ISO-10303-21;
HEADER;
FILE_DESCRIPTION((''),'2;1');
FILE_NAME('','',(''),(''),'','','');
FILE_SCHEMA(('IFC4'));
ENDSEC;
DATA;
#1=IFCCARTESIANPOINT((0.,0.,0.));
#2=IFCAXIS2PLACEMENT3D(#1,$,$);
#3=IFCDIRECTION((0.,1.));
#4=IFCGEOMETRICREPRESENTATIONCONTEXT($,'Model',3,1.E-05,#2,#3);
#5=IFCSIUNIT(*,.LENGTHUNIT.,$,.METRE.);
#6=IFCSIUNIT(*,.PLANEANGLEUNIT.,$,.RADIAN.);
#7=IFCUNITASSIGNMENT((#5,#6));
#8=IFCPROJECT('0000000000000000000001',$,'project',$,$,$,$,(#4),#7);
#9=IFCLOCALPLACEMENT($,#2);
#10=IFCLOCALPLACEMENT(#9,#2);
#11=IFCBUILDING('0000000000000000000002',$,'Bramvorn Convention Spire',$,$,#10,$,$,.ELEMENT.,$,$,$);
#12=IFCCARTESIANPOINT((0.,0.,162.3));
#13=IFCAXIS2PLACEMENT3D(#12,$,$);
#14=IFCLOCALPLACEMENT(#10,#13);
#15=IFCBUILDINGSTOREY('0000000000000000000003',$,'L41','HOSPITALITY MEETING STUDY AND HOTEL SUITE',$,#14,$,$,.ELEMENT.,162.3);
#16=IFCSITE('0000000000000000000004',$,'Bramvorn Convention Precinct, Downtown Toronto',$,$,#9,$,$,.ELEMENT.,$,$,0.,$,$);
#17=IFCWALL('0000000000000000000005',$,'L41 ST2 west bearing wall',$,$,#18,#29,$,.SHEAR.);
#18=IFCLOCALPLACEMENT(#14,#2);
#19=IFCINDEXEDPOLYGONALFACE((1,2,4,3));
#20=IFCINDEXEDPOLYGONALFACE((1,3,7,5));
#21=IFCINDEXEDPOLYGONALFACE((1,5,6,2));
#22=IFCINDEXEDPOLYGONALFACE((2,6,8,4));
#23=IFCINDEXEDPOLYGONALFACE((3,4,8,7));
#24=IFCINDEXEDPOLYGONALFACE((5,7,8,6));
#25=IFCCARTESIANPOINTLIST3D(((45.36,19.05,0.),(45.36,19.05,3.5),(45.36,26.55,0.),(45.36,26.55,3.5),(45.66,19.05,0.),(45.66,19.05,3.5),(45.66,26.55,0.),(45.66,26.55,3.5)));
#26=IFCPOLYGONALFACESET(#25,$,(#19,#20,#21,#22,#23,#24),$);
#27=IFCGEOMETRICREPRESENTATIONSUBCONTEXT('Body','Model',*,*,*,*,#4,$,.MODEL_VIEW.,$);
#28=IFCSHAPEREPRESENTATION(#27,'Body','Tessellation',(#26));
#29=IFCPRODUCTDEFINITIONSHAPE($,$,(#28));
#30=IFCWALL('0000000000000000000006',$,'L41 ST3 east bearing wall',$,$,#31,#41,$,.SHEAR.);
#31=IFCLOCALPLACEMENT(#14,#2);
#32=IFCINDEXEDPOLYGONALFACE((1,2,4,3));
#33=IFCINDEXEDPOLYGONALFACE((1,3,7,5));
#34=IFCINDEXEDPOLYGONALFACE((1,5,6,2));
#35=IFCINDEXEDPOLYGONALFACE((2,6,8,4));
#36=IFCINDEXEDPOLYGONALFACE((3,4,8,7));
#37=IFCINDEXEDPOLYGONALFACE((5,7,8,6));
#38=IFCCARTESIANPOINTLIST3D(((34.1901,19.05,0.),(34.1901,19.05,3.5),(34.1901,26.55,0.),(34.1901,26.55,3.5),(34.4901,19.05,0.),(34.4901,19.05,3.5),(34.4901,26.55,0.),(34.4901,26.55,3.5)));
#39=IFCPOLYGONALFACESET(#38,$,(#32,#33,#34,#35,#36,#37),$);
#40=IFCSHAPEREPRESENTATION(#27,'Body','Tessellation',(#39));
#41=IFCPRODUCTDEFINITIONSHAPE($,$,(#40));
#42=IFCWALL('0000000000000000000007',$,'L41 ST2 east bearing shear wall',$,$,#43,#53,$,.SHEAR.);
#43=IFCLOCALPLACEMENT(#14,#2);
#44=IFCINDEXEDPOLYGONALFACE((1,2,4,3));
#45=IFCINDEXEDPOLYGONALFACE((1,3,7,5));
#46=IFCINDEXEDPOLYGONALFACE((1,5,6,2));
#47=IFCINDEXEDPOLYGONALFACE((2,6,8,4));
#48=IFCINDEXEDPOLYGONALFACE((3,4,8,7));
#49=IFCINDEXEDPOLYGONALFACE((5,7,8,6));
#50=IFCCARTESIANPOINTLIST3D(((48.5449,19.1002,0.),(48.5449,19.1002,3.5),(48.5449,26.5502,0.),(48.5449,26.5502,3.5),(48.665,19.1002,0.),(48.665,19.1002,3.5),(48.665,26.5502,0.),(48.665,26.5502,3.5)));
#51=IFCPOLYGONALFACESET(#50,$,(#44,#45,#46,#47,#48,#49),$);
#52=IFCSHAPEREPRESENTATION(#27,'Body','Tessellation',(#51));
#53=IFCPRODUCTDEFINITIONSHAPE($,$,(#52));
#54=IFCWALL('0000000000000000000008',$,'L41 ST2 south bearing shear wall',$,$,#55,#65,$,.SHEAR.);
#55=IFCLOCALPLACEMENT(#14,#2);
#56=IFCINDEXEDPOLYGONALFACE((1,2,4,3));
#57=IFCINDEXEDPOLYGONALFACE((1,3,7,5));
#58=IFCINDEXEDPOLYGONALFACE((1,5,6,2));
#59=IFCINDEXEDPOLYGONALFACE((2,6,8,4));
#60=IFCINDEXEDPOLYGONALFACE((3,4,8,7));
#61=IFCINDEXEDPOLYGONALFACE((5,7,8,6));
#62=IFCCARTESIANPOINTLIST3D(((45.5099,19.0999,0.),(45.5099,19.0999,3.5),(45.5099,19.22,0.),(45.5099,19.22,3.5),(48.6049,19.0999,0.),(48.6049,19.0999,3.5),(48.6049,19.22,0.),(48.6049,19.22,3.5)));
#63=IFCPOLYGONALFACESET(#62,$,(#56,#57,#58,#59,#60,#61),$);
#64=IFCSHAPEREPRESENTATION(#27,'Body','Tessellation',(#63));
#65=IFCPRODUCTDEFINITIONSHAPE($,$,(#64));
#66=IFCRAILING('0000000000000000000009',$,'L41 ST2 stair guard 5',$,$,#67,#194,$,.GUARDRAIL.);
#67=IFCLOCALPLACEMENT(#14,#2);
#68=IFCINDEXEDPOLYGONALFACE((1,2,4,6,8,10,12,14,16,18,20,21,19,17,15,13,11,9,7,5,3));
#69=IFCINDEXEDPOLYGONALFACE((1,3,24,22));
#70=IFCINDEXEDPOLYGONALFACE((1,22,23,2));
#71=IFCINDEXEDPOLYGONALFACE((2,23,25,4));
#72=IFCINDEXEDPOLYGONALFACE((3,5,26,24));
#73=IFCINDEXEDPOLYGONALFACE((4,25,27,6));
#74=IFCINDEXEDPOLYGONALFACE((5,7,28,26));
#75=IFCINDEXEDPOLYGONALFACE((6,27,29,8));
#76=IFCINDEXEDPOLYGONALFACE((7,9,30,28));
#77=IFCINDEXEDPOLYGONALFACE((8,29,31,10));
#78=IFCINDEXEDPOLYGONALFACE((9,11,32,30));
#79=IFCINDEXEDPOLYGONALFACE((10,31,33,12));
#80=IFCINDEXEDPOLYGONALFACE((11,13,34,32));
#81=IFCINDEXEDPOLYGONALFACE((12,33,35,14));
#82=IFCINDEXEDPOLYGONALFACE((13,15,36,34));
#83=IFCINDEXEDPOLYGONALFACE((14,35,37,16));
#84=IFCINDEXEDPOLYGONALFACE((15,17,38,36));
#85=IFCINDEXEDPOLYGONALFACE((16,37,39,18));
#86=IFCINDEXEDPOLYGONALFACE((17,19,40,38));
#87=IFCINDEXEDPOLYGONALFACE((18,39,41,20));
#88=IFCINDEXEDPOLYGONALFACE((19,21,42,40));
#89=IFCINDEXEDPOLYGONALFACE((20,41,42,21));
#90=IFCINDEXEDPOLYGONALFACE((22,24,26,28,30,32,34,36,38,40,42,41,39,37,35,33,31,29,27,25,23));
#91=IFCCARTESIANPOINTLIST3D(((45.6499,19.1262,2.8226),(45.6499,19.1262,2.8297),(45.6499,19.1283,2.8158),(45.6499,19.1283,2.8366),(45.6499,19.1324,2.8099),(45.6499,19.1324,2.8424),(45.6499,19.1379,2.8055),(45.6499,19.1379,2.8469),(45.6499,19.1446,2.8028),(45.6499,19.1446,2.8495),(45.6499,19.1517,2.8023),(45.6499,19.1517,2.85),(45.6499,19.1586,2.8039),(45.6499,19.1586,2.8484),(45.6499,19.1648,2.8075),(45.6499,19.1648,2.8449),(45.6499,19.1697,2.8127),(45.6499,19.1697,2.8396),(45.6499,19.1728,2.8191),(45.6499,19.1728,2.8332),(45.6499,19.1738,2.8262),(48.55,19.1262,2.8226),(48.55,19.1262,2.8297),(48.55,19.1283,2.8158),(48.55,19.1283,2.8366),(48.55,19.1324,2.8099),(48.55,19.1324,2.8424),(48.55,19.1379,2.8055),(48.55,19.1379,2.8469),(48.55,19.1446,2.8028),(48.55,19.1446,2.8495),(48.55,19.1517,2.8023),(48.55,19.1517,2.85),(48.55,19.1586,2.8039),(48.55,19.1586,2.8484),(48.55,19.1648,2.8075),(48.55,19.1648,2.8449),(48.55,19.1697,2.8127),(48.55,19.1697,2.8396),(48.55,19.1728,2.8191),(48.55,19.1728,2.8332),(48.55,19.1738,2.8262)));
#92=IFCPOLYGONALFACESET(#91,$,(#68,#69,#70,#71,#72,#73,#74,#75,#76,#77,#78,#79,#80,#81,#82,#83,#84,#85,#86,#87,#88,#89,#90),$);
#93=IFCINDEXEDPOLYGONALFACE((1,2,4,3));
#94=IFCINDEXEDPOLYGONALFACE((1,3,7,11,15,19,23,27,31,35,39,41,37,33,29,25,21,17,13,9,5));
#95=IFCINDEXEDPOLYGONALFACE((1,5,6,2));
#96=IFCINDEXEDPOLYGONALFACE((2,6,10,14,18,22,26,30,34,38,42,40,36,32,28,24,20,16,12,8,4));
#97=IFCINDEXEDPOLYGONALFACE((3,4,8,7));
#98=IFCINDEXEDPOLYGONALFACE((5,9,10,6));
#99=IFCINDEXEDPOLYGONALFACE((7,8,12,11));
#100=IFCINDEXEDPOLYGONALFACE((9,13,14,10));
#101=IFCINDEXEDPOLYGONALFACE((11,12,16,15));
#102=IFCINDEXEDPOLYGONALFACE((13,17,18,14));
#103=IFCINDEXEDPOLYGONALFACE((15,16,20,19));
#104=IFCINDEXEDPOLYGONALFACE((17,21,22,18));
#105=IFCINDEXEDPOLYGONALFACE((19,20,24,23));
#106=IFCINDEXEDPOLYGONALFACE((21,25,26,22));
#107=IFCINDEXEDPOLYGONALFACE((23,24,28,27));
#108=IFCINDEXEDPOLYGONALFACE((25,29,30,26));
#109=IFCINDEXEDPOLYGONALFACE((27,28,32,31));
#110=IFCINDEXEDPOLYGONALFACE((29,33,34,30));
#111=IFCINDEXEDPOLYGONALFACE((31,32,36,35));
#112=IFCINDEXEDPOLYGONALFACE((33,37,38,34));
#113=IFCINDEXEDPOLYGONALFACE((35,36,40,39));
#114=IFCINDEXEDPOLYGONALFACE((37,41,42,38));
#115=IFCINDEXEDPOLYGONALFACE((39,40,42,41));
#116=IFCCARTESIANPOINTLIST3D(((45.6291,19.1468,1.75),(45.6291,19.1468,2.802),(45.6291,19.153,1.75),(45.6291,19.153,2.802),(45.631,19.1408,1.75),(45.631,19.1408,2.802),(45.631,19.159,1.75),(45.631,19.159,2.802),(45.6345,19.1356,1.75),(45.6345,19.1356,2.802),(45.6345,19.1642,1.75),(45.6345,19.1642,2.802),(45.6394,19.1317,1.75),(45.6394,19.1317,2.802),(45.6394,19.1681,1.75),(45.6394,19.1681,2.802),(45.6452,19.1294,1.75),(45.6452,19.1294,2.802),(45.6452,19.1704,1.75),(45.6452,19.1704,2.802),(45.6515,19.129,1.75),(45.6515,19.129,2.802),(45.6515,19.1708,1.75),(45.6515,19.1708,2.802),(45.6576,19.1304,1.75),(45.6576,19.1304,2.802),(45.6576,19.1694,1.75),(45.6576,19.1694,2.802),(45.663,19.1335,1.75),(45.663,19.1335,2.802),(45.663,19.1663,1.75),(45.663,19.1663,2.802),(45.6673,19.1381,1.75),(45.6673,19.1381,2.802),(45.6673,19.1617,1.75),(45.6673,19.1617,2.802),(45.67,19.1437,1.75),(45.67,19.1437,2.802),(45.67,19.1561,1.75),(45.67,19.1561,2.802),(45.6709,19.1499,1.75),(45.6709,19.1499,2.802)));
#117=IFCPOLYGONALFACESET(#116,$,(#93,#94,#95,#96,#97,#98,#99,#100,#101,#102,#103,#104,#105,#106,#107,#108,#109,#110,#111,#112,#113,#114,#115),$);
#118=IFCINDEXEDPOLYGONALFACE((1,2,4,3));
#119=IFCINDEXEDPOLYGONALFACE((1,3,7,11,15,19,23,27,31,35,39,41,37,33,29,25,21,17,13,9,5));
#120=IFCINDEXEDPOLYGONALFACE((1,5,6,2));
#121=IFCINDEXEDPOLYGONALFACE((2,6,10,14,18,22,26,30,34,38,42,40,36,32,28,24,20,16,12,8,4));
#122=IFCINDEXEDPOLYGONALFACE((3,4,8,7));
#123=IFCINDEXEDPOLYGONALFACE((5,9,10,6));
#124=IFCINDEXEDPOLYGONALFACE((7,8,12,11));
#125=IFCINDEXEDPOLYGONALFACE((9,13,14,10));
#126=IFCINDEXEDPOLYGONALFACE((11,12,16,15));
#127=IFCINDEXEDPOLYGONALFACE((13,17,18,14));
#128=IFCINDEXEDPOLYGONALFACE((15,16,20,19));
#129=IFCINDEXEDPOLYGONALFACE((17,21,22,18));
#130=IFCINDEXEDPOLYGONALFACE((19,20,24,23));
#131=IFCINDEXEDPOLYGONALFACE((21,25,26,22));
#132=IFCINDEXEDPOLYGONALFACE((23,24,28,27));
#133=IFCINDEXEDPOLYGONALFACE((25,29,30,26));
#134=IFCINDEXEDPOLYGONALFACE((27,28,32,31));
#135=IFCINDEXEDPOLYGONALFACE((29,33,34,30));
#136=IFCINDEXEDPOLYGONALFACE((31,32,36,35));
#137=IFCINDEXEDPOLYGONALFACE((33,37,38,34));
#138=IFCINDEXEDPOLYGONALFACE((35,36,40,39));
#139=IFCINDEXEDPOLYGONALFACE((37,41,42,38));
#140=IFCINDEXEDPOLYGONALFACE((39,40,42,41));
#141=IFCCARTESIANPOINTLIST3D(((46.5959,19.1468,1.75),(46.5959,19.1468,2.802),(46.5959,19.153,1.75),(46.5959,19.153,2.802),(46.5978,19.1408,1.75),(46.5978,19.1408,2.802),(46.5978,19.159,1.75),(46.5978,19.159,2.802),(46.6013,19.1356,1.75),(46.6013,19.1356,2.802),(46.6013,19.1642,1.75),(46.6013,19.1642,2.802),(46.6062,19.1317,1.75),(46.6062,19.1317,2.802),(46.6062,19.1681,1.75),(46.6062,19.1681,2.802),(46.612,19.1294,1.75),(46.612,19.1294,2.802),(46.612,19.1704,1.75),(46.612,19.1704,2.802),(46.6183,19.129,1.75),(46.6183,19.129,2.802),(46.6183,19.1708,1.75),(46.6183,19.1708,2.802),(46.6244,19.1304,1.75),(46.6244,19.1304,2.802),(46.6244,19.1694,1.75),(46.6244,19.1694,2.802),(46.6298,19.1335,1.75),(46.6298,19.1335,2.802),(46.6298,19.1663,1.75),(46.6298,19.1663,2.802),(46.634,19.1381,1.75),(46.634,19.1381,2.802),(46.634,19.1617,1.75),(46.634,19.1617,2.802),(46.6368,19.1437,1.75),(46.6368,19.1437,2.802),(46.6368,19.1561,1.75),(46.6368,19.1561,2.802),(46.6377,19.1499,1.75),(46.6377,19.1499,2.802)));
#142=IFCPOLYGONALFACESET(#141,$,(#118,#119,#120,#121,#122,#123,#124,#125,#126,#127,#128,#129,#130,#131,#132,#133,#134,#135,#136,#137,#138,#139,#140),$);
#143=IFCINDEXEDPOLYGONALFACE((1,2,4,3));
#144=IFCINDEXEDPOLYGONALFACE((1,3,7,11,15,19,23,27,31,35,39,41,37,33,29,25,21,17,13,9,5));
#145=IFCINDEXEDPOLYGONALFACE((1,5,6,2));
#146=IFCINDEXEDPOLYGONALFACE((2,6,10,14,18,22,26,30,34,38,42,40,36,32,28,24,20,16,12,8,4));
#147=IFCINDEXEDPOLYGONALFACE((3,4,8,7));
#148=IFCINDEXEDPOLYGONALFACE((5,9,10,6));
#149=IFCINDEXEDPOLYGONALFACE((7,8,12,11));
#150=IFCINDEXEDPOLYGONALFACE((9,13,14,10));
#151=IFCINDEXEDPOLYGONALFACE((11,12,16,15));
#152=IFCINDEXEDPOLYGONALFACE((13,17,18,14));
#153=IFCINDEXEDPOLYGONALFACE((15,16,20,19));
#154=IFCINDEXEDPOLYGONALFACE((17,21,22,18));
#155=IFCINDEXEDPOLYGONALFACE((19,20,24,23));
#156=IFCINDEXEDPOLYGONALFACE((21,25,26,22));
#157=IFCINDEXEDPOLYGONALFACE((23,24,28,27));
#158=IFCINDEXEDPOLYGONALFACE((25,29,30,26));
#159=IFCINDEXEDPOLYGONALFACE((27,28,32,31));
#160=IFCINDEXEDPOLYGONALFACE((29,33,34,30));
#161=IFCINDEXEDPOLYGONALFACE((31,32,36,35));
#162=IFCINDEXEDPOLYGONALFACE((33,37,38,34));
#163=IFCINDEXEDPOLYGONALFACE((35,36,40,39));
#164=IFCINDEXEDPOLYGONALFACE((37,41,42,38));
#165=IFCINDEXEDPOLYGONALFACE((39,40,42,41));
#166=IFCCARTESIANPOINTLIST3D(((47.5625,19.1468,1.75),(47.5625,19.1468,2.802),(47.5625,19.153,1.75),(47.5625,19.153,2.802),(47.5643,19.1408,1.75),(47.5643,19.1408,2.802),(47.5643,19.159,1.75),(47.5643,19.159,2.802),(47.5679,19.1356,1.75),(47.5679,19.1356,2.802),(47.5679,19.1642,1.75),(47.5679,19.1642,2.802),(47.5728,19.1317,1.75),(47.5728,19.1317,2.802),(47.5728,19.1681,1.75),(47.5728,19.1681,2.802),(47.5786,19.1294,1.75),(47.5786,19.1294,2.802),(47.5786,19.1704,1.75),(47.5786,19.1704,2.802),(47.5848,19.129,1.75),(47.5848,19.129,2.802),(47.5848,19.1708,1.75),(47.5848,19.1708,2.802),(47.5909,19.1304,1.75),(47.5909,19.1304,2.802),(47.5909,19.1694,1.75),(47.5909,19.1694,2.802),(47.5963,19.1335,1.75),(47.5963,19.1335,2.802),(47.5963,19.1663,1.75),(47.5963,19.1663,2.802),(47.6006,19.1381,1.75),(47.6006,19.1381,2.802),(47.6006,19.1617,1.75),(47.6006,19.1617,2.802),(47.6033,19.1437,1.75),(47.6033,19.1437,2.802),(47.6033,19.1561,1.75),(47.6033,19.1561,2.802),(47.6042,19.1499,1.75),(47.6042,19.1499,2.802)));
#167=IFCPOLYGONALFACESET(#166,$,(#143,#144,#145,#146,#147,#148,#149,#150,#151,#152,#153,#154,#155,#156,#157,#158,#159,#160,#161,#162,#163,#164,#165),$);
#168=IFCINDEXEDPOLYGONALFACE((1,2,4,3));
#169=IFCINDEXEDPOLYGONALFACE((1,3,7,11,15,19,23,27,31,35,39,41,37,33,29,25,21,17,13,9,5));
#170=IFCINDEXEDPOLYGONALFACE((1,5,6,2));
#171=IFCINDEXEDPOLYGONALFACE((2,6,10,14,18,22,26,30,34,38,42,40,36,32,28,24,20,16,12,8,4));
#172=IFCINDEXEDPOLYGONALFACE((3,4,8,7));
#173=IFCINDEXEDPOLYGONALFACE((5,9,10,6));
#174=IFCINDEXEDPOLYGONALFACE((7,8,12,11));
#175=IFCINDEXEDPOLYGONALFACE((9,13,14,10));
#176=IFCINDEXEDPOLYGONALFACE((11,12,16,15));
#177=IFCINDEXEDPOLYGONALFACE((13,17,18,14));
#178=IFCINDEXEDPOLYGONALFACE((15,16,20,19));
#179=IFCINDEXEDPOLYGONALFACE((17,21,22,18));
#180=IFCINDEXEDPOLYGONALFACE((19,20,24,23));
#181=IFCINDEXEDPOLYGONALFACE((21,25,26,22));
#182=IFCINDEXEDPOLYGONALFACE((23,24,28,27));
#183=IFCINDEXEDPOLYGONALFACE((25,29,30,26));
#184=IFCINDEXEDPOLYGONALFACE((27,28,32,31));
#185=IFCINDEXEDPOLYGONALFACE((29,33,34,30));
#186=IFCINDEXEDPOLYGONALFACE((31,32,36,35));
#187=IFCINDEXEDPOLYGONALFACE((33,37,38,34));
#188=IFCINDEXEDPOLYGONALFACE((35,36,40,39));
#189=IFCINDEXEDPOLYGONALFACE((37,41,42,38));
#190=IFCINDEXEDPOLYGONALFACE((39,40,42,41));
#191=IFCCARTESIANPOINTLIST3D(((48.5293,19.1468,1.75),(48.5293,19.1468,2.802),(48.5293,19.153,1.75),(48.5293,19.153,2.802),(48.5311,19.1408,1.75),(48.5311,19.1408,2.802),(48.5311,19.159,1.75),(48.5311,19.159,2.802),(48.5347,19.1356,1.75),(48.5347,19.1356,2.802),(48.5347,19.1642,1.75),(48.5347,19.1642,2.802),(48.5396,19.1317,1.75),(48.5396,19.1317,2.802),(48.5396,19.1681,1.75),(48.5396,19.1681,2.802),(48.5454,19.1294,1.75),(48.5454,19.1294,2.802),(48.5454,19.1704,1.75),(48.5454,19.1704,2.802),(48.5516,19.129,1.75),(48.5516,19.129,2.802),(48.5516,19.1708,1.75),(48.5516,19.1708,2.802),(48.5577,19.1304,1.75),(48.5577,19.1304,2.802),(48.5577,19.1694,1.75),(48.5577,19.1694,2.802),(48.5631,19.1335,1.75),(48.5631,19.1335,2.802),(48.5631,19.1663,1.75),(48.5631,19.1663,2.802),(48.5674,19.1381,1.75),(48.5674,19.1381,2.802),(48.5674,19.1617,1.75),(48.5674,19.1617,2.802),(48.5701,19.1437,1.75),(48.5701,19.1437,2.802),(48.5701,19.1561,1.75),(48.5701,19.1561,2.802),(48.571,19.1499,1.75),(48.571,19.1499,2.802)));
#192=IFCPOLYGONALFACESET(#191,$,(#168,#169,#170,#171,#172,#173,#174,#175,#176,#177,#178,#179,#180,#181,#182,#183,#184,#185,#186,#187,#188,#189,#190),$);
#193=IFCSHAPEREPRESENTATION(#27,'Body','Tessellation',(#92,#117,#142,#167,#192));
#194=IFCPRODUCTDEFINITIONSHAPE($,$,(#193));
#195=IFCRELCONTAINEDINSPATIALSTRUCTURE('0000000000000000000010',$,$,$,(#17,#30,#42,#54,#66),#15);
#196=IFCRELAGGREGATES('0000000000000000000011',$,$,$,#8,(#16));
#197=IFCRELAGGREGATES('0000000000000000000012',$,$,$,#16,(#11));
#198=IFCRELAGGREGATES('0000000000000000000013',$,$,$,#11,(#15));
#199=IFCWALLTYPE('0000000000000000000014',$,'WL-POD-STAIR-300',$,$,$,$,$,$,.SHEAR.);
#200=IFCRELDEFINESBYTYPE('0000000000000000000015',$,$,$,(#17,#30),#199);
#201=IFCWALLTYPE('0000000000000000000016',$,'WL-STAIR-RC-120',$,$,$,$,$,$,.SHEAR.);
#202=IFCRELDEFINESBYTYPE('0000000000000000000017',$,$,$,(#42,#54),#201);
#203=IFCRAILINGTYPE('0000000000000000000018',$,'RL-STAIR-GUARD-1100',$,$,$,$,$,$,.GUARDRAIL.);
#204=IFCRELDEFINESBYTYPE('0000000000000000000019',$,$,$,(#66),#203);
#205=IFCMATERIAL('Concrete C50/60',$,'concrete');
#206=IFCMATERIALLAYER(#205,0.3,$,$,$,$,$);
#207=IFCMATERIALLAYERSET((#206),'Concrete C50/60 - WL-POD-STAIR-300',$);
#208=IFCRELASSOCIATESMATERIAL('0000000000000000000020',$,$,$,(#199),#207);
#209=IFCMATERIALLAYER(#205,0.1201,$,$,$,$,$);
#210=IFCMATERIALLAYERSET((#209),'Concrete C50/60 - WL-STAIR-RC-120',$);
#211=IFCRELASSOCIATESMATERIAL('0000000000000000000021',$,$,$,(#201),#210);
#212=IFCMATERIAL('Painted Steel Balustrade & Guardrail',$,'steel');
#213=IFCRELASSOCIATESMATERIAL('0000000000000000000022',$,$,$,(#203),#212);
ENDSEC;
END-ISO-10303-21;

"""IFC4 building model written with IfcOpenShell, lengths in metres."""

from ifc_helpers import new_model, si_unit, direction, frame, frame_2d, origin, origin_2d, place, context, subcontext, project, spatial, rectangle, circle, extrude, material, layer, layer_set, type_object, element, save


model = new_model("IFC4")

# Units and contexts
model_context = context("Model", 3, precision=1e-05, world=origin(), true_north=direction((0.0, 1.0)))
body_context = subcontext(model_context, "Body", "Model", "MODEL_VIEW")
ifc_project = project(units=[si_unit("LENGTHUNIT", "METRE"), si_unit("PLANEANGLEUNIT", "RADIAN")], contexts=[model_context])

# Site, building, storey
site_placement = place(None, origin())
site = spatial("IfcSite", under=ifc_project, at=site_placement, Name="Bramvorn Convention Precinct, Downtown Toronto", CompositionType="ELEMENT", RefElevation=0.0)
building_placement = place(site_placement, origin())
building = spatial("IfcBuilding", under=site, at=building_placement, Name="Bramvorn Convention Spire", CompositionType="ELEMENT")
storey_placement = place(building_placement, frame((0.0, 0.0, 162.3)))
storey = spatial("IfcBuildingStorey", under=building, at=storey_placement, Name="L41", Description="HOSPITALITY MEETING STUDY AND HOTEL SUITE", CompositionType="ELEMENT", Elevation=162.3)

# Shared definitions
ifc_material_1 = material(Name="Concrete C50/60", Category="concrete")

# Walls
ifc_layer_1 = layer(ifc_material_1, 0.3)
ifc_layer_set_1 = layer_set([ifc_layer_1], Name="Concrete C50/60 - WL-POD-STAIR-300")
wall_type_1 = type_object("IfcWallType", Name="WL-POD-STAIR-300", PredefinedType="SHEAR", material=ifc_layer_set_1)
for number, where, z_axis, x_axis, name in (
    (1, (45.51, 19.05, 0.0), (0.0, 0.0, 1.0), (0.0, 1.0, 0.0), "L41 ST2 west bearing wall"),
    (2, (34.3401, 19.05, 0.0), (0.0, 0.0, 1.0), (0.0, 1.0, 0.0), "L41 ST3 east bearing wall"),
):
    element("IfcWall", number, at=place(storey_placement, frame(where, z_axis=z_axis, x_axis=x_axis)), inside=storey, type_object=wall_type_1, Name=name, PredefinedType="SHEAR", context=body_context, shape_type="SweptSolid", body=[
        extrude(rectangle(XDim=7.5, YDim=0.3, at=frame_2d((3.75, 0.0))), origin(), (0.0, 0.0, 1.0), 3.5),
    ])
ifc_layer_2 = layer(ifc_material_1, 0.1201)
ifc_layer_set_2 = layer_set([ifc_layer_2], Name="Concrete C50/60 - WL-STAIR-RC-120")
wall_type_2 = type_object("IfcWallType", Name="WL-STAIR-RC-120", PredefinedType="SHEAR", material=ifc_layer_set_2)
wall_1_placement = place(storey_placement, frame((48.605, 19.1001, 0.0), z_axis=(0.0, 0.0, 1.0), x_axis=(0.0, 1.0, 0.0)))
element("IfcWall", 3, at=wall_1_placement, inside=storey, type_object=wall_type_2, Name="L41 ST2 east bearing shear wall", PredefinedType="SHEAR", context=body_context, shape_type="SweptSolid", body=[
    extrude(rectangle(XDim=7.45, YDim=0.1201, at=frame_2d((3.7251, 0.0))), origin(), (0.0, 0.0, 1.0), 3.5),
])
wall_2_placement = place(storey_placement, frame((45.51, 19.1599, 0.0), z_axis=(0.0, 0.0, 1.0), x_axis=(1.0, 0.0, 0.0)))
element("IfcWall", 4, at=wall_2_placement, inside=storey, type_object=wall_type_2, Name="L41 ST2 south bearing shear wall", PredefinedType="SHEAR", context=body_context, shape_type="SweptSolid", body=[
    extrude(rectangle(XDim=3.095, YDim=0.1201, at=frame_2d((1.5474, 0.0))), origin(), (0.0, 0.0, 1.0), 3.5),
])

# Railing
ifc_material_2 = material(Name="Painted Steel Balustrade & Guardrail", Category="steel")
railing_type = type_object("IfcRailingType", Name="RL-STAIR-GUARD-1100", PredefinedType="GUARDRAIL", material=ifc_material_2)
railing_1_placement = place(storey_placement, frame((45.6499, 19.1499, 1.75)))
element("IfcRailing", 5, at=railing_1_placement, inside=storey, type_object=railing_type, Name="L41 ST2 stair guard 5", PredefinedType="GUARDRAIL", context=body_context, shape_type="SweptSolid", body=[
    extrude(circle(Radius=0.0239, at=origin_2d()), frame((0.0, 0.0, 1.0762), z_axis=(1.0, 0.0, 0.0), x_axis=(0.0, 1.0, 0.0)), (0.0, 0.0, 1.0), 2.9001),
    extrude(circle(Radius=0.021, at=origin_2d()), origin(), (0.0, 0.0, 1.0), 1.052),
    extrude(circle(Radius=0.021, at=origin_2d()), frame((0.9668, 0.0, 0.0)), (0.0, 0.0, 1.0), 1.052),
    extrude(circle(Radius=0.021, at=origin_2d()), frame((1.9333, 0.0, 0.0)), (0.0, 0.0, 1.0), 1.052),
    extrude(circle(Radius=0.021, at=origin_2d()), frame((2.9001, 0.0, 0.0)), (0.0, 0.0, 1.0), 1.052),
])

save(model, "model.ifc")
